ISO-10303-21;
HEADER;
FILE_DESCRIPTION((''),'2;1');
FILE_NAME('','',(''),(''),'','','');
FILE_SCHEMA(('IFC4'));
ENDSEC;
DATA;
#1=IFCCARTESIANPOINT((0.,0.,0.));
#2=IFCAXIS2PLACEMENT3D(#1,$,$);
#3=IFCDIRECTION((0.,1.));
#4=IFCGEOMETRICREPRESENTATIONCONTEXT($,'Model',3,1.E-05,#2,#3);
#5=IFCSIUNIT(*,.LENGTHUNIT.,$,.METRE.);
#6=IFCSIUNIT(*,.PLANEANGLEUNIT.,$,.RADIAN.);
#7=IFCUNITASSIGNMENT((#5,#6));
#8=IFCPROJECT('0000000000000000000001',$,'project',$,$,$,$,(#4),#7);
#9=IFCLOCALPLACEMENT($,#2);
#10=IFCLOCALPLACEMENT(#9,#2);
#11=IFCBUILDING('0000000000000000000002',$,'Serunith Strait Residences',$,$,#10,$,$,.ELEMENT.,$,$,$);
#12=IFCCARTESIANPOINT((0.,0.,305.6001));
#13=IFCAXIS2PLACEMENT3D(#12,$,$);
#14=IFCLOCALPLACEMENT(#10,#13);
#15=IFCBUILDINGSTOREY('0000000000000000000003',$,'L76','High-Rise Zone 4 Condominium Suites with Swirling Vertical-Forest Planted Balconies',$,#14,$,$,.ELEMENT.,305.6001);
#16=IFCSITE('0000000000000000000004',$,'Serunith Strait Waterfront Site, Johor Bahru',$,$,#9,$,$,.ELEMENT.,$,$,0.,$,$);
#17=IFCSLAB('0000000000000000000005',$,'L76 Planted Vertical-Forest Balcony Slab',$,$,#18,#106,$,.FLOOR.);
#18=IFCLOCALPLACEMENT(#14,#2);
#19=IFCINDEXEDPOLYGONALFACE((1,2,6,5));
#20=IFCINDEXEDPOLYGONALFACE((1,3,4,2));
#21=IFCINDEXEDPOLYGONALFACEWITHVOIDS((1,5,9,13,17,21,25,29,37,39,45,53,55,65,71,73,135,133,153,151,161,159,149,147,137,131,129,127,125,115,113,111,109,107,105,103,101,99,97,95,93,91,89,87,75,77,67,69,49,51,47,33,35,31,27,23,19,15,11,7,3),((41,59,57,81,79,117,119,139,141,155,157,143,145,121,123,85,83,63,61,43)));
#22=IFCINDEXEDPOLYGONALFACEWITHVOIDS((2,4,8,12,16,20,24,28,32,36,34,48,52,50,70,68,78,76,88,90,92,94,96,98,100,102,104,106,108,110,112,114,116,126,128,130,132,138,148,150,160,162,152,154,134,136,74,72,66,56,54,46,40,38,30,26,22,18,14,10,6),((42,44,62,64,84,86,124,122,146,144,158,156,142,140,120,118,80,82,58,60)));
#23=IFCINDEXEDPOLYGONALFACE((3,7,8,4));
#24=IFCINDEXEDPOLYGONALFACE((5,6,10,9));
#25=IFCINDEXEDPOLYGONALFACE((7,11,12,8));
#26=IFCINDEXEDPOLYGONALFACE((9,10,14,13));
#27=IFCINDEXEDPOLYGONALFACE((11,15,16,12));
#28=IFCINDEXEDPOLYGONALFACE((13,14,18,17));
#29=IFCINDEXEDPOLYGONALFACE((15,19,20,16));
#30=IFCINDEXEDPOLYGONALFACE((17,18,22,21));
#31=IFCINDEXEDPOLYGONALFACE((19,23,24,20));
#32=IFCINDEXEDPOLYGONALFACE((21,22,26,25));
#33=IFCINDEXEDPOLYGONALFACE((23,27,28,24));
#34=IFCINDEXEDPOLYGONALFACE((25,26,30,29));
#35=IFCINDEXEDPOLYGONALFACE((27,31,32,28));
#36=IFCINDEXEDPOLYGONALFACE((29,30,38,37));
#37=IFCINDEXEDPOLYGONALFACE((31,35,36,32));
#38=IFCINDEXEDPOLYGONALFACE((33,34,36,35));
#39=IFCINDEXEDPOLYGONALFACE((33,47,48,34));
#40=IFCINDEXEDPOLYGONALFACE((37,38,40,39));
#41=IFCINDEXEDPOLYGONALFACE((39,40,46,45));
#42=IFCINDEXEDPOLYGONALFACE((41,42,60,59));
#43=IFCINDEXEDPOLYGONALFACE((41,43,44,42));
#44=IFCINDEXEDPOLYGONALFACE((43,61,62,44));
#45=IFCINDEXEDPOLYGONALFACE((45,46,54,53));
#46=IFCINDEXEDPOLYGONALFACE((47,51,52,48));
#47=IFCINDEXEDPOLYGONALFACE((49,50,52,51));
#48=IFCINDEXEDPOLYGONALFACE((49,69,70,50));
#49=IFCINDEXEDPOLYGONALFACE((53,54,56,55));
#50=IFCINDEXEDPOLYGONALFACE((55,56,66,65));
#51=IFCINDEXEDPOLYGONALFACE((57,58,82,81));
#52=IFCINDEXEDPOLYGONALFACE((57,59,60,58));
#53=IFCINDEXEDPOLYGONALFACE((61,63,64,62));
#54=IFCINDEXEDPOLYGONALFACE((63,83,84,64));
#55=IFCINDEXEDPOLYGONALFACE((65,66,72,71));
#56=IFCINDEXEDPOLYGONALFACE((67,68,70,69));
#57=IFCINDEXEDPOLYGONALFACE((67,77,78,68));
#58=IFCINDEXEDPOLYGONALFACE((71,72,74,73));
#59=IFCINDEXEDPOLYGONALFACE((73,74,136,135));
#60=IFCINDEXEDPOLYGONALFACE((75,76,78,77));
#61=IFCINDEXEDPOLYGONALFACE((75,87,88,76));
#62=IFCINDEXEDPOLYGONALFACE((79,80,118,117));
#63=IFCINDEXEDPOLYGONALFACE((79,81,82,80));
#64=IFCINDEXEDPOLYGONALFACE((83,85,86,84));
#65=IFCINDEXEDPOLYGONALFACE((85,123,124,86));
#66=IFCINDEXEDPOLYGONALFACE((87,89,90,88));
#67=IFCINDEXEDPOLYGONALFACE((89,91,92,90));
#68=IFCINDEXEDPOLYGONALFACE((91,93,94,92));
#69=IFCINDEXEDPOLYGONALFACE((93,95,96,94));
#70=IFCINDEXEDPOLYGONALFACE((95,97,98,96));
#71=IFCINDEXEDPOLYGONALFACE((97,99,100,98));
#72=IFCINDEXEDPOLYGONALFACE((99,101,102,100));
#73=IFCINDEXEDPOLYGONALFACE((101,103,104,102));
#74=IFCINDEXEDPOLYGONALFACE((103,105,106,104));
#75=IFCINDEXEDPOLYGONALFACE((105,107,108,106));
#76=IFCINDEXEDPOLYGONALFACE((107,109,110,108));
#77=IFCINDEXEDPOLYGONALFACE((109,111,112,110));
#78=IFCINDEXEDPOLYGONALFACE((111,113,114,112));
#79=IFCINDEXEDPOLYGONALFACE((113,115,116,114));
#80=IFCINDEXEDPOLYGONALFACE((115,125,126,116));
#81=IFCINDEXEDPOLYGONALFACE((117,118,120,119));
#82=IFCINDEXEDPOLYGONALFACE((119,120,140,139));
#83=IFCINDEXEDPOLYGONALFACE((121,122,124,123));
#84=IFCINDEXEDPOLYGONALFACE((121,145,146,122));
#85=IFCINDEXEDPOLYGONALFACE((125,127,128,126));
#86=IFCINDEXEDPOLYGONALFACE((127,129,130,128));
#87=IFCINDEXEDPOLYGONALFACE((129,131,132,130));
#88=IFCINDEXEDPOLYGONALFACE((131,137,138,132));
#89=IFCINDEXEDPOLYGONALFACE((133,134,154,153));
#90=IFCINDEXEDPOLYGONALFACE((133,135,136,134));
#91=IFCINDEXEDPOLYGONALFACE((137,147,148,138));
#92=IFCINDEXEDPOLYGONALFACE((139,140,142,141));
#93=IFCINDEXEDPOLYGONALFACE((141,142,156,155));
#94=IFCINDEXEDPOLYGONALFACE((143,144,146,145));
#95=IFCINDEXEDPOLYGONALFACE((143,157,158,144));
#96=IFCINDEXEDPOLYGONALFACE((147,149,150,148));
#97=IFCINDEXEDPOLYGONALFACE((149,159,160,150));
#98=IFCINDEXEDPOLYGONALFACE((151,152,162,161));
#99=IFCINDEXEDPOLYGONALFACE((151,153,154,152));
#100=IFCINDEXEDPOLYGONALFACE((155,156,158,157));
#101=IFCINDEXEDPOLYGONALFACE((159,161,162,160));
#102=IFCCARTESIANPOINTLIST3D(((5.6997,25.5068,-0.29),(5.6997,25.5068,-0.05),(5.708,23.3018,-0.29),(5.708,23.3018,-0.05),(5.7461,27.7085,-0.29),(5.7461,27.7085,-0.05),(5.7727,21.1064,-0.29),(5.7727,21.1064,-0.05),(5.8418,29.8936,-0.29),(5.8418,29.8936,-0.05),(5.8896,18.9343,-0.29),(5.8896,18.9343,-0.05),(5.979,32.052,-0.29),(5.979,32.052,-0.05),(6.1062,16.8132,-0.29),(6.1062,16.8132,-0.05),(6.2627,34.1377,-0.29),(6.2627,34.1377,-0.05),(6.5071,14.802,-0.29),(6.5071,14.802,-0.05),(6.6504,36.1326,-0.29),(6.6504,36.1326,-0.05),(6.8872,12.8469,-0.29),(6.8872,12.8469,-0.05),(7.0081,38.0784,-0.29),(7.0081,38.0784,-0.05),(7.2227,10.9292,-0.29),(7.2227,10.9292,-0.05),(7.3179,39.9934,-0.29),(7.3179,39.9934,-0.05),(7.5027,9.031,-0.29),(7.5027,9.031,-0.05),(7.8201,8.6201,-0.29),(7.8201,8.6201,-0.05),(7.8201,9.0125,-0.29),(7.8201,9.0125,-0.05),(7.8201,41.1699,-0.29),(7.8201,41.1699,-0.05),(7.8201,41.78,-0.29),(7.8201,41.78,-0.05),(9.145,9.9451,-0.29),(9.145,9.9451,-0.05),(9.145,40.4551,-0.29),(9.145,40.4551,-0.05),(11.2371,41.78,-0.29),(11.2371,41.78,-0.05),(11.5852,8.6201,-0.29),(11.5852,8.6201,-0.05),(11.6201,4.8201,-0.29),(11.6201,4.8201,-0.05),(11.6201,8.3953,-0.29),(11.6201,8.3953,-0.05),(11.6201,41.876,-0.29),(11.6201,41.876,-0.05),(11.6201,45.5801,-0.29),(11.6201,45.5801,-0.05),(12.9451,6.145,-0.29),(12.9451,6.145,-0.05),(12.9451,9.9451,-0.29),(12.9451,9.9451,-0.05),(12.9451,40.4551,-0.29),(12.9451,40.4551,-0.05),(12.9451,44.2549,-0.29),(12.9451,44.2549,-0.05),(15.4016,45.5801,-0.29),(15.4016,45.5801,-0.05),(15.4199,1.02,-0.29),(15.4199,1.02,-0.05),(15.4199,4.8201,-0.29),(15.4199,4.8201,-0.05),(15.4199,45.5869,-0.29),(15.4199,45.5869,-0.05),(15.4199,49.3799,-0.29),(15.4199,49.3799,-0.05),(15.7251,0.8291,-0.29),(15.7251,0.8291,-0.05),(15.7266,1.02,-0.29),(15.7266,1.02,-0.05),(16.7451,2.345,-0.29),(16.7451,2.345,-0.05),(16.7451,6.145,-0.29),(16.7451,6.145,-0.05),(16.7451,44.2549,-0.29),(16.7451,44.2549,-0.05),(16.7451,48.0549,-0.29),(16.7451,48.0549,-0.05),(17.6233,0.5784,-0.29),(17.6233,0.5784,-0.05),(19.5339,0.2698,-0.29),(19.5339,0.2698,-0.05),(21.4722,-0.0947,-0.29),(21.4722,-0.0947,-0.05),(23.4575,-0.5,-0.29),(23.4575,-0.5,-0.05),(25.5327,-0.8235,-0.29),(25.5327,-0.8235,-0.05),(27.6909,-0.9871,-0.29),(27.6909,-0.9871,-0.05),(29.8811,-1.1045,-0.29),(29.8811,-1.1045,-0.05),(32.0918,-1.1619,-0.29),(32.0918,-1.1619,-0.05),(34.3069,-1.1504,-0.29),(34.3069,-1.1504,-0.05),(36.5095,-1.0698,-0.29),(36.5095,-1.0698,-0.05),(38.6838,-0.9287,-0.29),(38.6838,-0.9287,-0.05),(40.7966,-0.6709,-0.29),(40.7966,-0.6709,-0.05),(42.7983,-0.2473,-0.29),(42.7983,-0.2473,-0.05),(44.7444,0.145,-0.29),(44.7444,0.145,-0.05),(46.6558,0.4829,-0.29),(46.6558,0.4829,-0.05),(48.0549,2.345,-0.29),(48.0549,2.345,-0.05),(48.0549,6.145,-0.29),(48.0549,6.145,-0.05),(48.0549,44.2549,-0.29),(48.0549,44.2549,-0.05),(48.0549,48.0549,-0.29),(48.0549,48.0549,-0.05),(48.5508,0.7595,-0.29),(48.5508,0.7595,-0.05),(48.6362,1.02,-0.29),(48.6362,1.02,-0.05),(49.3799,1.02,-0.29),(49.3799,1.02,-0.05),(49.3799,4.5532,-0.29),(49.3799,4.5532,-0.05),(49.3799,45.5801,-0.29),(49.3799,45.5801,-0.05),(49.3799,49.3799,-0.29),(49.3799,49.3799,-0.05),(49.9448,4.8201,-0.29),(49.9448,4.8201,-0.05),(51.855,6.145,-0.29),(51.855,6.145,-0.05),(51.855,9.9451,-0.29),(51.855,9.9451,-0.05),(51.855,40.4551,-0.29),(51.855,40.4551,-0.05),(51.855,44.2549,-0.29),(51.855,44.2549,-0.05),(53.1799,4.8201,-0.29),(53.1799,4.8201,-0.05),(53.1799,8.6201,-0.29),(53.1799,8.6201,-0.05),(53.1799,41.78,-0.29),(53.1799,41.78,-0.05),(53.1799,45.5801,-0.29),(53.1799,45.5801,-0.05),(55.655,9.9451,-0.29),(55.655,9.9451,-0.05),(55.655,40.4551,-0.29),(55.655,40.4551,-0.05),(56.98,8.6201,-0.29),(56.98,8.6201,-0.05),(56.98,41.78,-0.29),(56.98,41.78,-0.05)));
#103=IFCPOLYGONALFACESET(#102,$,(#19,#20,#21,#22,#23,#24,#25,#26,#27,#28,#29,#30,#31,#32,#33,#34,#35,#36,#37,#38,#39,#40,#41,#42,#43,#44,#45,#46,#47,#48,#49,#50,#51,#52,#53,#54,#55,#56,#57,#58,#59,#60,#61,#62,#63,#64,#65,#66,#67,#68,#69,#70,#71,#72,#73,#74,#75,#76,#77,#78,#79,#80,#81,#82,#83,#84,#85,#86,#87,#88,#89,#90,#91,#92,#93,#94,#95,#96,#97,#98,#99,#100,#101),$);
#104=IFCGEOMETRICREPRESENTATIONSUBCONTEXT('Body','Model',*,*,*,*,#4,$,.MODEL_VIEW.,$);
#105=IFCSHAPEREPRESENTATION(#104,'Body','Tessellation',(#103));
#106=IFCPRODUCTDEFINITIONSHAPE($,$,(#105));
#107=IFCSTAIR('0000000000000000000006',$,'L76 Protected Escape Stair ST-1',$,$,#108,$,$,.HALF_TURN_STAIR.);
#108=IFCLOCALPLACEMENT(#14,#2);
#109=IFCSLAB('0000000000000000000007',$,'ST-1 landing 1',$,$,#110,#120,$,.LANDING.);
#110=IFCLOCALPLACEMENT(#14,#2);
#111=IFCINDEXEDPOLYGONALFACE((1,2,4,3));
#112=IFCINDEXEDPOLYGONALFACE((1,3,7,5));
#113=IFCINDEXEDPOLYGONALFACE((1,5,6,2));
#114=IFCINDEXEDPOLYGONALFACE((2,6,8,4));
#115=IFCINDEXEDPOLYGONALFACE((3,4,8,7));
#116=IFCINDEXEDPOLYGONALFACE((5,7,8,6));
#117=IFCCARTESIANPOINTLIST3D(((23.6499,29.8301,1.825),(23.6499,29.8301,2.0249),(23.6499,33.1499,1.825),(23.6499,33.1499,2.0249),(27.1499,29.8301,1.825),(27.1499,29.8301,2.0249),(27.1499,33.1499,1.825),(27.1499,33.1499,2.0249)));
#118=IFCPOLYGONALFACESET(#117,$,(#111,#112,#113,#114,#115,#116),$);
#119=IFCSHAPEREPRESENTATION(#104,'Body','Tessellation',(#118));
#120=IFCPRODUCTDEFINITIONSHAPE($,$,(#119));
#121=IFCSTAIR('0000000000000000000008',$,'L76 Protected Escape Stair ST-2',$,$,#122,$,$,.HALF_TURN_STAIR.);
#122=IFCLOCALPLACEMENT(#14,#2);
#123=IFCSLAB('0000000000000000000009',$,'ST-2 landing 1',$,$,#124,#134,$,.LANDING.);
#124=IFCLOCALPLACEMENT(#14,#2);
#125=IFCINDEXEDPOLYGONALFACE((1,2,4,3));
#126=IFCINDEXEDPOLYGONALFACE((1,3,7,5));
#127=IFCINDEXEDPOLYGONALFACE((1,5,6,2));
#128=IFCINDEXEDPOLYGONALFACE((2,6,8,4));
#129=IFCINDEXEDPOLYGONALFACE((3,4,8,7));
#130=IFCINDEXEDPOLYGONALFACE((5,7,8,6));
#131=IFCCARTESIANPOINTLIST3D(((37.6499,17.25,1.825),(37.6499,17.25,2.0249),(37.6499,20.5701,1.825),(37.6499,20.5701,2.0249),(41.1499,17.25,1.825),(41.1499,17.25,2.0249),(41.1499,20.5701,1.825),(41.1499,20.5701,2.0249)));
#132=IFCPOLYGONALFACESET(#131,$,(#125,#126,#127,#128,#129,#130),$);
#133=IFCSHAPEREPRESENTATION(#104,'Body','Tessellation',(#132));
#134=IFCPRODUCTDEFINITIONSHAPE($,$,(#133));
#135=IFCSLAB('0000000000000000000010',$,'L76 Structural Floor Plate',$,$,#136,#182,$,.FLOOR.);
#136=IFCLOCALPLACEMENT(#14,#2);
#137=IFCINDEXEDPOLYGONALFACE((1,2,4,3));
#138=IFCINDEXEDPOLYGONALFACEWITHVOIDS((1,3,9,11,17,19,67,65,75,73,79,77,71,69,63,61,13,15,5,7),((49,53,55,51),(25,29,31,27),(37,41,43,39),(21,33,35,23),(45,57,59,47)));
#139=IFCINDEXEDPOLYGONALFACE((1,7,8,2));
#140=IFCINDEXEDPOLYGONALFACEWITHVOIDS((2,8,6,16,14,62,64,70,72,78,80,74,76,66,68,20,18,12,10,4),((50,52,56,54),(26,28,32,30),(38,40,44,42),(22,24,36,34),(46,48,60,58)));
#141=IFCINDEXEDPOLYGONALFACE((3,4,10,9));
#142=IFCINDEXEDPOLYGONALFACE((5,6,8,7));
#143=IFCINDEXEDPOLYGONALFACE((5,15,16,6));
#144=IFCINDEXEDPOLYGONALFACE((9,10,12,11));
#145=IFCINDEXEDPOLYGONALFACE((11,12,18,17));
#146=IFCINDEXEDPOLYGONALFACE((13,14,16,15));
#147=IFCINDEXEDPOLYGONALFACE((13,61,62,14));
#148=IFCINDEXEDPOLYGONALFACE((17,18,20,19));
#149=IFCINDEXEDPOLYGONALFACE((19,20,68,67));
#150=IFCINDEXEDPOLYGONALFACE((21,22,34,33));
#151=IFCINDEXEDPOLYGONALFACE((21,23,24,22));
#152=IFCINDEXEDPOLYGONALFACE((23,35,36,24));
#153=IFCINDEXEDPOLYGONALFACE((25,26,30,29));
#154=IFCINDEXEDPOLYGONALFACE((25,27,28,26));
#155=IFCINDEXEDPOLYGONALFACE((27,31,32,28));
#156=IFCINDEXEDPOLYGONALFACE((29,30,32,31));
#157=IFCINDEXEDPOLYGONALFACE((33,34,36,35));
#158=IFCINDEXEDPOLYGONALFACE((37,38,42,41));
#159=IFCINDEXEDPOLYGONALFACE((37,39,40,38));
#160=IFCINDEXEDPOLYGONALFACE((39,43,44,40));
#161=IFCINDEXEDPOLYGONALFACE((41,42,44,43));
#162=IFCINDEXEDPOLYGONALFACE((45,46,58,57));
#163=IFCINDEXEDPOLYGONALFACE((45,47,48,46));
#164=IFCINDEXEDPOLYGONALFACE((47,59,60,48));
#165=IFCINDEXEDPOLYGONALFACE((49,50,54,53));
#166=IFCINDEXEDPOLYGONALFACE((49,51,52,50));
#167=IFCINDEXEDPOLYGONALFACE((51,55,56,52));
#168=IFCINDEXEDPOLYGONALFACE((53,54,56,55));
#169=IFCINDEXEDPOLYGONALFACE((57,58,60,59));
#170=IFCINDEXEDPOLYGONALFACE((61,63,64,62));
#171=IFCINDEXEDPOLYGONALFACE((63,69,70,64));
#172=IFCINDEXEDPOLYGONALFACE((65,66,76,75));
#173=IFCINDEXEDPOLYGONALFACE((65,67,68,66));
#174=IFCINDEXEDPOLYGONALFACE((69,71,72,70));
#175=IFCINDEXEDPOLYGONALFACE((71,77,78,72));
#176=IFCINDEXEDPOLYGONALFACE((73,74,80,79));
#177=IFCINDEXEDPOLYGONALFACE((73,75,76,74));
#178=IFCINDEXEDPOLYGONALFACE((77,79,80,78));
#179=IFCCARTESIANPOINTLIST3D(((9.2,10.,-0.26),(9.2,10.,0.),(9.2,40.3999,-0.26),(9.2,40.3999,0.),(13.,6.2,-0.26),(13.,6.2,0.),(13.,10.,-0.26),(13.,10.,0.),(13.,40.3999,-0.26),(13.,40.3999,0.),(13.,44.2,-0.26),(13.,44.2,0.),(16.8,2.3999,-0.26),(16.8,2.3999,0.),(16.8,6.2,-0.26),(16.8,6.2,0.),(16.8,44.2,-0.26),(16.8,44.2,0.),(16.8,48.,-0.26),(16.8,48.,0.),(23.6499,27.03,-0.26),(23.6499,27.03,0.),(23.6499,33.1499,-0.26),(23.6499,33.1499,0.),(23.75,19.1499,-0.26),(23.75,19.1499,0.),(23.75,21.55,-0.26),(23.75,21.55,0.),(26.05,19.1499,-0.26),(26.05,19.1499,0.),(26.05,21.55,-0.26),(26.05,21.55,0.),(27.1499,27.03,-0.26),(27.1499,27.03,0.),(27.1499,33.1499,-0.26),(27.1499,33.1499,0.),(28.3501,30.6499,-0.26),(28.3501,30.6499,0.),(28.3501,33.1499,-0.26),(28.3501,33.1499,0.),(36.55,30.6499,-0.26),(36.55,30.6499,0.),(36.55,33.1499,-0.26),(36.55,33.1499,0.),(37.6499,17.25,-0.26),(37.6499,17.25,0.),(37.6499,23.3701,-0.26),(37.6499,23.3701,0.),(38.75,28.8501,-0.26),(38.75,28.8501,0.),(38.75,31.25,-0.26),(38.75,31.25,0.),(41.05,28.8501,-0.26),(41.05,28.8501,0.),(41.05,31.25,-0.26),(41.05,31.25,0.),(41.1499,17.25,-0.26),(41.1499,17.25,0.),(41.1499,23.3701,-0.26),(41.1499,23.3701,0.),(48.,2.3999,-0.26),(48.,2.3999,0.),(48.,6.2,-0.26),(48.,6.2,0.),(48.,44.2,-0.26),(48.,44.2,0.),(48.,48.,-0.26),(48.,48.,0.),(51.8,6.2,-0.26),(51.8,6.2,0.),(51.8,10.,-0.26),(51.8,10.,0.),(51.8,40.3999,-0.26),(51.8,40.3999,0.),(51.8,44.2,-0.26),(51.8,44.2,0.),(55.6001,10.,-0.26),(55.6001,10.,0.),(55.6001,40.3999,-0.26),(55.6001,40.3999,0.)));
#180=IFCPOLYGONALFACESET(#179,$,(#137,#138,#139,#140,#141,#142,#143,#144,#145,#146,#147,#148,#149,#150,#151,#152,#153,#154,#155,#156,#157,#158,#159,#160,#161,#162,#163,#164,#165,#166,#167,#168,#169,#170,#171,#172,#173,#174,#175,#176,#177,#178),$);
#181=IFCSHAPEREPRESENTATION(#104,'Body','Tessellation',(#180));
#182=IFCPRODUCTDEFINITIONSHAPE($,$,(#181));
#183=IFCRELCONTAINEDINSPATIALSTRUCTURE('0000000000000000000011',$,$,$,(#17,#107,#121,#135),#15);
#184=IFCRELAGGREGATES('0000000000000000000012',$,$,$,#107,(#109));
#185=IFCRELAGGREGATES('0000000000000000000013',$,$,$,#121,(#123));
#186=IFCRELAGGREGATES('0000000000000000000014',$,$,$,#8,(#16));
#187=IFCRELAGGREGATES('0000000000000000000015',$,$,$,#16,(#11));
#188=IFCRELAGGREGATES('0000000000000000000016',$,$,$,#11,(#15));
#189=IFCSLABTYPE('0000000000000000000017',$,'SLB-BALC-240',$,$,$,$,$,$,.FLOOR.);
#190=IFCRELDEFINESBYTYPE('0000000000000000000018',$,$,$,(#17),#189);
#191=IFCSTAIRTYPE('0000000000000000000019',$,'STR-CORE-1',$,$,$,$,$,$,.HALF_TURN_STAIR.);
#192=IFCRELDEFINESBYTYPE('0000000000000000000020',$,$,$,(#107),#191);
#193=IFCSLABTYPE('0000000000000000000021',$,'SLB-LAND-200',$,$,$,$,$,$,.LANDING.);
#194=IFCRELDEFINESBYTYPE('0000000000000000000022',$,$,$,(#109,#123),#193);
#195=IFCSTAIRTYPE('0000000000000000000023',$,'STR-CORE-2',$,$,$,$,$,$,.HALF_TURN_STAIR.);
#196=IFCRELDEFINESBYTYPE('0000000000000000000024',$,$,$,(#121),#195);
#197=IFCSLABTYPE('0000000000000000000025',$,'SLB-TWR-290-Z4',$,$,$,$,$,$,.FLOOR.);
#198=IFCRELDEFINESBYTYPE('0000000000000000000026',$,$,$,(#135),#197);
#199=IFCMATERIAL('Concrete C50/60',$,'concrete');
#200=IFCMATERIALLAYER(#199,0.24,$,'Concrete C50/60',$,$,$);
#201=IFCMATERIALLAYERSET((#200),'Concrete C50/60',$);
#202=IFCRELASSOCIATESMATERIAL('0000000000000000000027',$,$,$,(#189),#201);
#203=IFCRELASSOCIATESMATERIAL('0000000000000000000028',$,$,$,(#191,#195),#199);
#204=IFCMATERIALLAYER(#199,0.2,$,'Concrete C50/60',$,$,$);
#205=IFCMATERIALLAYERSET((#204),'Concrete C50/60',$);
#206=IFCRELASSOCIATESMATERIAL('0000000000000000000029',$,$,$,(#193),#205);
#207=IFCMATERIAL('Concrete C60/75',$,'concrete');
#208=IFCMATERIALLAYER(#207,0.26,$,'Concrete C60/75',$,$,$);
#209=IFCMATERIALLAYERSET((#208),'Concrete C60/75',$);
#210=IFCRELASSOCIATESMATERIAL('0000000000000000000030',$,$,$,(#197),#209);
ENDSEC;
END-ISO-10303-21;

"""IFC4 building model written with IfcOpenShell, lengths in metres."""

from ifc_helpers import new_model, si_unit, direction, frame, origin, place, context, subcontext, project, spatial, polyline, outline, extrude, material, layer, layer_set, type_object, element, aggregate, save


model = new_model("IFC4")

# Units and contexts
model_context = context("Model", 3, precision=1e-05, world=origin(), true_north=direction((0.0, 1.0)))
body_context = subcontext(model_context, "Body", "Model", "MODEL_VIEW")
ifc_project = project(units=[si_unit("LENGTHUNIT", "METRE"), si_unit("PLANEANGLEUNIT", "RADIAN")], contexts=[model_context])

# Site, building, storey
site_placement = place(None, origin())
site = spatial("IfcSite", under=ifc_project, at=site_placement, Name="Serunith Strait Waterfront Site, Johor Bahru", CompositionType="ELEMENT", RefElevation=0.0)
building_placement = place(site_placement, origin())
building = spatial("IfcBuilding", under=site, at=building_placement, Name="Serunith Strait Residences", CompositionType="ELEMENT")
storey_placement = place(building_placement, frame((0.0, 0.0, 305.6001)))
storey = spatial("IfcBuildingStorey", under=building, at=storey_placement, Name="L76", Description="High-Rise Zone 4 Condominium Suites with Swirling Vertical-Forest Planted Balconies", CompositionType="ELEMENT", Elevation=305.6001)

# Slab
ifc_material_1 = material(Name="Concrete C50/60", Category="concrete")
ifc_layer_1 = layer(ifc_material_1, 0.24, Name="Concrete C50/60")
ifc_layer_set_1 = layer_set([ifc_layer_1], Name="Concrete C50/60")
slab_type_1 = type_object("IfcSlabType", Name="SLB-BALC-240", PredefinedType="FLOOR", material=ifc_layer_set_1)
slab_1_placement = place(storey_placement, frame((0.0, 0.0, -0.29)))
element("IfcSlab", 1, at=slab_1_placement, inside=storey, type_object=slab_type_1, Name="L76 Planted Vertical-Forest Balcony Slab", PredefinedType="FLOOR", context=body_context, shape_type="SweptSolid", body=[
    extrude(outline(polyline([(15.4199, 1.02), (15.4199, 4.8201), (11.6201, 4.8201), (11.6201, 8.3953), (11.5852, 8.6201), (7.8201, 8.6201), (7.8201, 9.0125), (7.5027, 9.031), (7.2227, 10.9292), (6.8872, 12.8469), (6.5071, 14.802), (6.1062, 16.8132), (5.8896, 18.9343), (5.7727, 21.1064), (5.708, 23.3018), (5.6997, 25.5068), (5.7461, 27.7085), (5.8418, 29.8936), (5.979, 32.052), (6.2627, 34.1377), (6.6504, 36.1326), (7.0081, 38.0784), (7.3179, 39.9934), (7.8201, 41.1699), (7.8201, 41.78), (11.2371, 41.78), (11.6201, 41.876), (11.6201, 45.5801), (15.4016, 45.5801), (15.4199, 45.5869), (15.4199, 49.3799), (49.3799, 49.3799), (49.3799, 45.5801), (53.1799, 45.5801), (53.1799, 41.78), (56.98, 41.78), (56.98, 8.6201), (53.1799, 8.6201), (53.1799, 4.8201), (49.9448, 4.8201), (49.3799, 4.5532), (49.3799, 1.02), (48.6362, 1.02), (48.5508, 0.7595), (46.6558, 0.4829), (44.7444, 0.145), (42.7983, -0.2473), (40.7966, -0.6709), (38.6838, -0.9287), (36.5095, -1.0698), (34.3069, -1.1504), (32.0918, -1.1619), (29.8811, -1.1045), (27.6909, -0.9871), (25.5327, -0.8235), (23.4575, -0.5), (21.4722, -0.0947), (19.5339, 0.2698), (17.6233, 0.5784), (15.7251, 0.8291), (15.7266, 1.02), (15.4199, 1.02)]), holes=[polyline([(48.0549, 2.345), (48.0549, 6.145), (51.855, 6.145), (51.855, 9.9451), (55.655, 9.9451), (55.655, 40.4551), (51.855, 40.4551), (51.855, 44.2549), (48.0549, 44.2549), (48.0549, 48.0549), (16.7451, 48.0549), (16.7451, 44.2549), (12.9451, 44.2549), (12.9451, 40.4551), (9.145, 40.4551), (9.145, 9.9451), (12.9451, 9.9451), (12.9451, 6.145), (16.7451, 6.145), (16.7451, 2.345), (48.0549, 2.345)])]), origin(), (0.0, 0.0, 1.0), 0.24),
])

# Stairs, slabs
stair_type_1 = type_object("IfcStairType", Name="STR-CORE-1", PredefinedType="HALF_TURN_STAIR", material=ifc_material_1)
stair_1_placement = place(storey_placement, origin())
stair_1 = element("IfcStair", 2, at=stair_1_placement, inside=storey, type_object=stair_type_1, Name="L76 Protected Escape Stair ST-1", PredefinedType="HALF_TURN_STAIR")
ifc_layer_2 = layer(ifc_material_1, 0.2, Name="Concrete C50/60")
ifc_layer_set_2 = layer_set([ifc_layer_2], Name="Concrete C50/60")
slab_type_2 = type_object("IfcSlabType", Name="SLB-LAND-200", PredefinedType="LANDING", material=ifc_layer_set_2)
slab_2_placement = place(storey_placement, frame((0.0, 0.0, 1.825)))
slab_2 = element("IfcSlab", 3, at=slab_2_placement, type_object=slab_type_2, Name="ST-1 landing 1", PredefinedType="LANDING", context=body_context, shape_type="SweptSolid", body=[
    extrude(outline(polyline([(27.1499, 29.8301), (27.1499, 33.1499), (23.6499, 33.1499), (23.6499, 29.8301), (27.1499, 29.8301)])), origin(), (0.0, 0.0, 1.0), 0.2),
])
aggregate(stair_1, [slab_2])
stair_type_2 = type_object("IfcStairType", Name="STR-CORE-2", PredefinedType="HALF_TURN_STAIR", material=ifc_material_1)
stair_2_placement = place(storey_placement, origin())
stair_2 = element("IfcStair", 4, at=stair_2_placement, inside=storey, type_object=stair_type_2, Name="L76 Protected Escape Stair ST-2", PredefinedType="HALF_TURN_STAIR")
slab_3_placement = place(storey_placement, frame((0.0, 0.0, 1.825)))
slab_3 = element("IfcSlab", 5, at=slab_3_placement, type_object=slab_type_2, Name="ST-2 landing 1", PredefinedType="LANDING", context=body_context, shape_type="SweptSolid", body=[
    extrude(outline(polyline([(37.6499, 20.5701), (37.6499, 17.25), (41.1499, 17.25), (41.1499, 20.5701), (37.6499, 20.5701)])), origin(), (0.0, 0.0, 1.0), 0.2),
])
aggregate(stair_2, [slab_3])

# Slab
ifc_material_2 = material(Name="Concrete C60/75", Category="concrete")
ifc_layer_3 = layer(ifc_material_2, 0.26, Name="Concrete C60/75")
ifc_layer_set_3 = layer_set([ifc_layer_3], Name="Concrete C60/75")
slab_type_3 = type_object("IfcSlabType", Name="SLB-TWR-290-Z4", PredefinedType="FLOOR", material=ifc_layer_set_3)
slab_4_placement = place(storey_placement, frame((0.0, 0.0, -0.26)))
element("IfcSlab", 6, at=slab_4_placement, inside=storey, type_object=slab_type_3, Name="L76 Structural Floor Plate", PredefinedType="FLOOR", context=body_context, shape_type="SweptSolid", body=[
    extrude(outline(polyline([(16.8, 6.2), (13.0, 6.2), (13.0, 10.0), (9.2, 10.0), (9.2, 40.3999), (13.0, 40.3999), (13.0, 44.2), (16.8, 44.2), (16.8, 48.0), (48.0, 48.0), (48.0, 44.2), (51.8, 44.2), (51.8, 40.3999), (55.6001, 40.3999), (55.6001, 10.0), (51.8, 10.0), (51.8, 6.2), (48.0, 6.2), (48.0, 2.3999), (16.8, 2.3999), (16.8, 6.2)]), holes=[polyline([(41.1499, 23.3701), (37.6499, 23.3701), (37.6499, 17.25), (41.1499, 17.25), (41.1499, 23.3701)]), polyline([(38.75, 31.25), (38.75, 28.8501), (41.05, 28.8501), (41.05, 31.25), (38.75, 31.25)]), polyline([(36.55, 33.1499), (28.3501, 33.1499), (28.3501, 30.6499), (36.55, 30.6499), (36.55, 33.1499)]), polyline([(23.6499, 33.1499), (23.6499, 27.03), (27.1499, 27.03), (27.1499, 33.1499), (23.6499, 33.1499)]), polyline([(23.75, 21.55), (23.75, 19.1499), (26.05, 19.1499), (26.05, 21.55), (23.75, 21.55)])]), origin(), (0.0, 0.0, 1.0), 0.26),
])

save(model, "model.ifc")
